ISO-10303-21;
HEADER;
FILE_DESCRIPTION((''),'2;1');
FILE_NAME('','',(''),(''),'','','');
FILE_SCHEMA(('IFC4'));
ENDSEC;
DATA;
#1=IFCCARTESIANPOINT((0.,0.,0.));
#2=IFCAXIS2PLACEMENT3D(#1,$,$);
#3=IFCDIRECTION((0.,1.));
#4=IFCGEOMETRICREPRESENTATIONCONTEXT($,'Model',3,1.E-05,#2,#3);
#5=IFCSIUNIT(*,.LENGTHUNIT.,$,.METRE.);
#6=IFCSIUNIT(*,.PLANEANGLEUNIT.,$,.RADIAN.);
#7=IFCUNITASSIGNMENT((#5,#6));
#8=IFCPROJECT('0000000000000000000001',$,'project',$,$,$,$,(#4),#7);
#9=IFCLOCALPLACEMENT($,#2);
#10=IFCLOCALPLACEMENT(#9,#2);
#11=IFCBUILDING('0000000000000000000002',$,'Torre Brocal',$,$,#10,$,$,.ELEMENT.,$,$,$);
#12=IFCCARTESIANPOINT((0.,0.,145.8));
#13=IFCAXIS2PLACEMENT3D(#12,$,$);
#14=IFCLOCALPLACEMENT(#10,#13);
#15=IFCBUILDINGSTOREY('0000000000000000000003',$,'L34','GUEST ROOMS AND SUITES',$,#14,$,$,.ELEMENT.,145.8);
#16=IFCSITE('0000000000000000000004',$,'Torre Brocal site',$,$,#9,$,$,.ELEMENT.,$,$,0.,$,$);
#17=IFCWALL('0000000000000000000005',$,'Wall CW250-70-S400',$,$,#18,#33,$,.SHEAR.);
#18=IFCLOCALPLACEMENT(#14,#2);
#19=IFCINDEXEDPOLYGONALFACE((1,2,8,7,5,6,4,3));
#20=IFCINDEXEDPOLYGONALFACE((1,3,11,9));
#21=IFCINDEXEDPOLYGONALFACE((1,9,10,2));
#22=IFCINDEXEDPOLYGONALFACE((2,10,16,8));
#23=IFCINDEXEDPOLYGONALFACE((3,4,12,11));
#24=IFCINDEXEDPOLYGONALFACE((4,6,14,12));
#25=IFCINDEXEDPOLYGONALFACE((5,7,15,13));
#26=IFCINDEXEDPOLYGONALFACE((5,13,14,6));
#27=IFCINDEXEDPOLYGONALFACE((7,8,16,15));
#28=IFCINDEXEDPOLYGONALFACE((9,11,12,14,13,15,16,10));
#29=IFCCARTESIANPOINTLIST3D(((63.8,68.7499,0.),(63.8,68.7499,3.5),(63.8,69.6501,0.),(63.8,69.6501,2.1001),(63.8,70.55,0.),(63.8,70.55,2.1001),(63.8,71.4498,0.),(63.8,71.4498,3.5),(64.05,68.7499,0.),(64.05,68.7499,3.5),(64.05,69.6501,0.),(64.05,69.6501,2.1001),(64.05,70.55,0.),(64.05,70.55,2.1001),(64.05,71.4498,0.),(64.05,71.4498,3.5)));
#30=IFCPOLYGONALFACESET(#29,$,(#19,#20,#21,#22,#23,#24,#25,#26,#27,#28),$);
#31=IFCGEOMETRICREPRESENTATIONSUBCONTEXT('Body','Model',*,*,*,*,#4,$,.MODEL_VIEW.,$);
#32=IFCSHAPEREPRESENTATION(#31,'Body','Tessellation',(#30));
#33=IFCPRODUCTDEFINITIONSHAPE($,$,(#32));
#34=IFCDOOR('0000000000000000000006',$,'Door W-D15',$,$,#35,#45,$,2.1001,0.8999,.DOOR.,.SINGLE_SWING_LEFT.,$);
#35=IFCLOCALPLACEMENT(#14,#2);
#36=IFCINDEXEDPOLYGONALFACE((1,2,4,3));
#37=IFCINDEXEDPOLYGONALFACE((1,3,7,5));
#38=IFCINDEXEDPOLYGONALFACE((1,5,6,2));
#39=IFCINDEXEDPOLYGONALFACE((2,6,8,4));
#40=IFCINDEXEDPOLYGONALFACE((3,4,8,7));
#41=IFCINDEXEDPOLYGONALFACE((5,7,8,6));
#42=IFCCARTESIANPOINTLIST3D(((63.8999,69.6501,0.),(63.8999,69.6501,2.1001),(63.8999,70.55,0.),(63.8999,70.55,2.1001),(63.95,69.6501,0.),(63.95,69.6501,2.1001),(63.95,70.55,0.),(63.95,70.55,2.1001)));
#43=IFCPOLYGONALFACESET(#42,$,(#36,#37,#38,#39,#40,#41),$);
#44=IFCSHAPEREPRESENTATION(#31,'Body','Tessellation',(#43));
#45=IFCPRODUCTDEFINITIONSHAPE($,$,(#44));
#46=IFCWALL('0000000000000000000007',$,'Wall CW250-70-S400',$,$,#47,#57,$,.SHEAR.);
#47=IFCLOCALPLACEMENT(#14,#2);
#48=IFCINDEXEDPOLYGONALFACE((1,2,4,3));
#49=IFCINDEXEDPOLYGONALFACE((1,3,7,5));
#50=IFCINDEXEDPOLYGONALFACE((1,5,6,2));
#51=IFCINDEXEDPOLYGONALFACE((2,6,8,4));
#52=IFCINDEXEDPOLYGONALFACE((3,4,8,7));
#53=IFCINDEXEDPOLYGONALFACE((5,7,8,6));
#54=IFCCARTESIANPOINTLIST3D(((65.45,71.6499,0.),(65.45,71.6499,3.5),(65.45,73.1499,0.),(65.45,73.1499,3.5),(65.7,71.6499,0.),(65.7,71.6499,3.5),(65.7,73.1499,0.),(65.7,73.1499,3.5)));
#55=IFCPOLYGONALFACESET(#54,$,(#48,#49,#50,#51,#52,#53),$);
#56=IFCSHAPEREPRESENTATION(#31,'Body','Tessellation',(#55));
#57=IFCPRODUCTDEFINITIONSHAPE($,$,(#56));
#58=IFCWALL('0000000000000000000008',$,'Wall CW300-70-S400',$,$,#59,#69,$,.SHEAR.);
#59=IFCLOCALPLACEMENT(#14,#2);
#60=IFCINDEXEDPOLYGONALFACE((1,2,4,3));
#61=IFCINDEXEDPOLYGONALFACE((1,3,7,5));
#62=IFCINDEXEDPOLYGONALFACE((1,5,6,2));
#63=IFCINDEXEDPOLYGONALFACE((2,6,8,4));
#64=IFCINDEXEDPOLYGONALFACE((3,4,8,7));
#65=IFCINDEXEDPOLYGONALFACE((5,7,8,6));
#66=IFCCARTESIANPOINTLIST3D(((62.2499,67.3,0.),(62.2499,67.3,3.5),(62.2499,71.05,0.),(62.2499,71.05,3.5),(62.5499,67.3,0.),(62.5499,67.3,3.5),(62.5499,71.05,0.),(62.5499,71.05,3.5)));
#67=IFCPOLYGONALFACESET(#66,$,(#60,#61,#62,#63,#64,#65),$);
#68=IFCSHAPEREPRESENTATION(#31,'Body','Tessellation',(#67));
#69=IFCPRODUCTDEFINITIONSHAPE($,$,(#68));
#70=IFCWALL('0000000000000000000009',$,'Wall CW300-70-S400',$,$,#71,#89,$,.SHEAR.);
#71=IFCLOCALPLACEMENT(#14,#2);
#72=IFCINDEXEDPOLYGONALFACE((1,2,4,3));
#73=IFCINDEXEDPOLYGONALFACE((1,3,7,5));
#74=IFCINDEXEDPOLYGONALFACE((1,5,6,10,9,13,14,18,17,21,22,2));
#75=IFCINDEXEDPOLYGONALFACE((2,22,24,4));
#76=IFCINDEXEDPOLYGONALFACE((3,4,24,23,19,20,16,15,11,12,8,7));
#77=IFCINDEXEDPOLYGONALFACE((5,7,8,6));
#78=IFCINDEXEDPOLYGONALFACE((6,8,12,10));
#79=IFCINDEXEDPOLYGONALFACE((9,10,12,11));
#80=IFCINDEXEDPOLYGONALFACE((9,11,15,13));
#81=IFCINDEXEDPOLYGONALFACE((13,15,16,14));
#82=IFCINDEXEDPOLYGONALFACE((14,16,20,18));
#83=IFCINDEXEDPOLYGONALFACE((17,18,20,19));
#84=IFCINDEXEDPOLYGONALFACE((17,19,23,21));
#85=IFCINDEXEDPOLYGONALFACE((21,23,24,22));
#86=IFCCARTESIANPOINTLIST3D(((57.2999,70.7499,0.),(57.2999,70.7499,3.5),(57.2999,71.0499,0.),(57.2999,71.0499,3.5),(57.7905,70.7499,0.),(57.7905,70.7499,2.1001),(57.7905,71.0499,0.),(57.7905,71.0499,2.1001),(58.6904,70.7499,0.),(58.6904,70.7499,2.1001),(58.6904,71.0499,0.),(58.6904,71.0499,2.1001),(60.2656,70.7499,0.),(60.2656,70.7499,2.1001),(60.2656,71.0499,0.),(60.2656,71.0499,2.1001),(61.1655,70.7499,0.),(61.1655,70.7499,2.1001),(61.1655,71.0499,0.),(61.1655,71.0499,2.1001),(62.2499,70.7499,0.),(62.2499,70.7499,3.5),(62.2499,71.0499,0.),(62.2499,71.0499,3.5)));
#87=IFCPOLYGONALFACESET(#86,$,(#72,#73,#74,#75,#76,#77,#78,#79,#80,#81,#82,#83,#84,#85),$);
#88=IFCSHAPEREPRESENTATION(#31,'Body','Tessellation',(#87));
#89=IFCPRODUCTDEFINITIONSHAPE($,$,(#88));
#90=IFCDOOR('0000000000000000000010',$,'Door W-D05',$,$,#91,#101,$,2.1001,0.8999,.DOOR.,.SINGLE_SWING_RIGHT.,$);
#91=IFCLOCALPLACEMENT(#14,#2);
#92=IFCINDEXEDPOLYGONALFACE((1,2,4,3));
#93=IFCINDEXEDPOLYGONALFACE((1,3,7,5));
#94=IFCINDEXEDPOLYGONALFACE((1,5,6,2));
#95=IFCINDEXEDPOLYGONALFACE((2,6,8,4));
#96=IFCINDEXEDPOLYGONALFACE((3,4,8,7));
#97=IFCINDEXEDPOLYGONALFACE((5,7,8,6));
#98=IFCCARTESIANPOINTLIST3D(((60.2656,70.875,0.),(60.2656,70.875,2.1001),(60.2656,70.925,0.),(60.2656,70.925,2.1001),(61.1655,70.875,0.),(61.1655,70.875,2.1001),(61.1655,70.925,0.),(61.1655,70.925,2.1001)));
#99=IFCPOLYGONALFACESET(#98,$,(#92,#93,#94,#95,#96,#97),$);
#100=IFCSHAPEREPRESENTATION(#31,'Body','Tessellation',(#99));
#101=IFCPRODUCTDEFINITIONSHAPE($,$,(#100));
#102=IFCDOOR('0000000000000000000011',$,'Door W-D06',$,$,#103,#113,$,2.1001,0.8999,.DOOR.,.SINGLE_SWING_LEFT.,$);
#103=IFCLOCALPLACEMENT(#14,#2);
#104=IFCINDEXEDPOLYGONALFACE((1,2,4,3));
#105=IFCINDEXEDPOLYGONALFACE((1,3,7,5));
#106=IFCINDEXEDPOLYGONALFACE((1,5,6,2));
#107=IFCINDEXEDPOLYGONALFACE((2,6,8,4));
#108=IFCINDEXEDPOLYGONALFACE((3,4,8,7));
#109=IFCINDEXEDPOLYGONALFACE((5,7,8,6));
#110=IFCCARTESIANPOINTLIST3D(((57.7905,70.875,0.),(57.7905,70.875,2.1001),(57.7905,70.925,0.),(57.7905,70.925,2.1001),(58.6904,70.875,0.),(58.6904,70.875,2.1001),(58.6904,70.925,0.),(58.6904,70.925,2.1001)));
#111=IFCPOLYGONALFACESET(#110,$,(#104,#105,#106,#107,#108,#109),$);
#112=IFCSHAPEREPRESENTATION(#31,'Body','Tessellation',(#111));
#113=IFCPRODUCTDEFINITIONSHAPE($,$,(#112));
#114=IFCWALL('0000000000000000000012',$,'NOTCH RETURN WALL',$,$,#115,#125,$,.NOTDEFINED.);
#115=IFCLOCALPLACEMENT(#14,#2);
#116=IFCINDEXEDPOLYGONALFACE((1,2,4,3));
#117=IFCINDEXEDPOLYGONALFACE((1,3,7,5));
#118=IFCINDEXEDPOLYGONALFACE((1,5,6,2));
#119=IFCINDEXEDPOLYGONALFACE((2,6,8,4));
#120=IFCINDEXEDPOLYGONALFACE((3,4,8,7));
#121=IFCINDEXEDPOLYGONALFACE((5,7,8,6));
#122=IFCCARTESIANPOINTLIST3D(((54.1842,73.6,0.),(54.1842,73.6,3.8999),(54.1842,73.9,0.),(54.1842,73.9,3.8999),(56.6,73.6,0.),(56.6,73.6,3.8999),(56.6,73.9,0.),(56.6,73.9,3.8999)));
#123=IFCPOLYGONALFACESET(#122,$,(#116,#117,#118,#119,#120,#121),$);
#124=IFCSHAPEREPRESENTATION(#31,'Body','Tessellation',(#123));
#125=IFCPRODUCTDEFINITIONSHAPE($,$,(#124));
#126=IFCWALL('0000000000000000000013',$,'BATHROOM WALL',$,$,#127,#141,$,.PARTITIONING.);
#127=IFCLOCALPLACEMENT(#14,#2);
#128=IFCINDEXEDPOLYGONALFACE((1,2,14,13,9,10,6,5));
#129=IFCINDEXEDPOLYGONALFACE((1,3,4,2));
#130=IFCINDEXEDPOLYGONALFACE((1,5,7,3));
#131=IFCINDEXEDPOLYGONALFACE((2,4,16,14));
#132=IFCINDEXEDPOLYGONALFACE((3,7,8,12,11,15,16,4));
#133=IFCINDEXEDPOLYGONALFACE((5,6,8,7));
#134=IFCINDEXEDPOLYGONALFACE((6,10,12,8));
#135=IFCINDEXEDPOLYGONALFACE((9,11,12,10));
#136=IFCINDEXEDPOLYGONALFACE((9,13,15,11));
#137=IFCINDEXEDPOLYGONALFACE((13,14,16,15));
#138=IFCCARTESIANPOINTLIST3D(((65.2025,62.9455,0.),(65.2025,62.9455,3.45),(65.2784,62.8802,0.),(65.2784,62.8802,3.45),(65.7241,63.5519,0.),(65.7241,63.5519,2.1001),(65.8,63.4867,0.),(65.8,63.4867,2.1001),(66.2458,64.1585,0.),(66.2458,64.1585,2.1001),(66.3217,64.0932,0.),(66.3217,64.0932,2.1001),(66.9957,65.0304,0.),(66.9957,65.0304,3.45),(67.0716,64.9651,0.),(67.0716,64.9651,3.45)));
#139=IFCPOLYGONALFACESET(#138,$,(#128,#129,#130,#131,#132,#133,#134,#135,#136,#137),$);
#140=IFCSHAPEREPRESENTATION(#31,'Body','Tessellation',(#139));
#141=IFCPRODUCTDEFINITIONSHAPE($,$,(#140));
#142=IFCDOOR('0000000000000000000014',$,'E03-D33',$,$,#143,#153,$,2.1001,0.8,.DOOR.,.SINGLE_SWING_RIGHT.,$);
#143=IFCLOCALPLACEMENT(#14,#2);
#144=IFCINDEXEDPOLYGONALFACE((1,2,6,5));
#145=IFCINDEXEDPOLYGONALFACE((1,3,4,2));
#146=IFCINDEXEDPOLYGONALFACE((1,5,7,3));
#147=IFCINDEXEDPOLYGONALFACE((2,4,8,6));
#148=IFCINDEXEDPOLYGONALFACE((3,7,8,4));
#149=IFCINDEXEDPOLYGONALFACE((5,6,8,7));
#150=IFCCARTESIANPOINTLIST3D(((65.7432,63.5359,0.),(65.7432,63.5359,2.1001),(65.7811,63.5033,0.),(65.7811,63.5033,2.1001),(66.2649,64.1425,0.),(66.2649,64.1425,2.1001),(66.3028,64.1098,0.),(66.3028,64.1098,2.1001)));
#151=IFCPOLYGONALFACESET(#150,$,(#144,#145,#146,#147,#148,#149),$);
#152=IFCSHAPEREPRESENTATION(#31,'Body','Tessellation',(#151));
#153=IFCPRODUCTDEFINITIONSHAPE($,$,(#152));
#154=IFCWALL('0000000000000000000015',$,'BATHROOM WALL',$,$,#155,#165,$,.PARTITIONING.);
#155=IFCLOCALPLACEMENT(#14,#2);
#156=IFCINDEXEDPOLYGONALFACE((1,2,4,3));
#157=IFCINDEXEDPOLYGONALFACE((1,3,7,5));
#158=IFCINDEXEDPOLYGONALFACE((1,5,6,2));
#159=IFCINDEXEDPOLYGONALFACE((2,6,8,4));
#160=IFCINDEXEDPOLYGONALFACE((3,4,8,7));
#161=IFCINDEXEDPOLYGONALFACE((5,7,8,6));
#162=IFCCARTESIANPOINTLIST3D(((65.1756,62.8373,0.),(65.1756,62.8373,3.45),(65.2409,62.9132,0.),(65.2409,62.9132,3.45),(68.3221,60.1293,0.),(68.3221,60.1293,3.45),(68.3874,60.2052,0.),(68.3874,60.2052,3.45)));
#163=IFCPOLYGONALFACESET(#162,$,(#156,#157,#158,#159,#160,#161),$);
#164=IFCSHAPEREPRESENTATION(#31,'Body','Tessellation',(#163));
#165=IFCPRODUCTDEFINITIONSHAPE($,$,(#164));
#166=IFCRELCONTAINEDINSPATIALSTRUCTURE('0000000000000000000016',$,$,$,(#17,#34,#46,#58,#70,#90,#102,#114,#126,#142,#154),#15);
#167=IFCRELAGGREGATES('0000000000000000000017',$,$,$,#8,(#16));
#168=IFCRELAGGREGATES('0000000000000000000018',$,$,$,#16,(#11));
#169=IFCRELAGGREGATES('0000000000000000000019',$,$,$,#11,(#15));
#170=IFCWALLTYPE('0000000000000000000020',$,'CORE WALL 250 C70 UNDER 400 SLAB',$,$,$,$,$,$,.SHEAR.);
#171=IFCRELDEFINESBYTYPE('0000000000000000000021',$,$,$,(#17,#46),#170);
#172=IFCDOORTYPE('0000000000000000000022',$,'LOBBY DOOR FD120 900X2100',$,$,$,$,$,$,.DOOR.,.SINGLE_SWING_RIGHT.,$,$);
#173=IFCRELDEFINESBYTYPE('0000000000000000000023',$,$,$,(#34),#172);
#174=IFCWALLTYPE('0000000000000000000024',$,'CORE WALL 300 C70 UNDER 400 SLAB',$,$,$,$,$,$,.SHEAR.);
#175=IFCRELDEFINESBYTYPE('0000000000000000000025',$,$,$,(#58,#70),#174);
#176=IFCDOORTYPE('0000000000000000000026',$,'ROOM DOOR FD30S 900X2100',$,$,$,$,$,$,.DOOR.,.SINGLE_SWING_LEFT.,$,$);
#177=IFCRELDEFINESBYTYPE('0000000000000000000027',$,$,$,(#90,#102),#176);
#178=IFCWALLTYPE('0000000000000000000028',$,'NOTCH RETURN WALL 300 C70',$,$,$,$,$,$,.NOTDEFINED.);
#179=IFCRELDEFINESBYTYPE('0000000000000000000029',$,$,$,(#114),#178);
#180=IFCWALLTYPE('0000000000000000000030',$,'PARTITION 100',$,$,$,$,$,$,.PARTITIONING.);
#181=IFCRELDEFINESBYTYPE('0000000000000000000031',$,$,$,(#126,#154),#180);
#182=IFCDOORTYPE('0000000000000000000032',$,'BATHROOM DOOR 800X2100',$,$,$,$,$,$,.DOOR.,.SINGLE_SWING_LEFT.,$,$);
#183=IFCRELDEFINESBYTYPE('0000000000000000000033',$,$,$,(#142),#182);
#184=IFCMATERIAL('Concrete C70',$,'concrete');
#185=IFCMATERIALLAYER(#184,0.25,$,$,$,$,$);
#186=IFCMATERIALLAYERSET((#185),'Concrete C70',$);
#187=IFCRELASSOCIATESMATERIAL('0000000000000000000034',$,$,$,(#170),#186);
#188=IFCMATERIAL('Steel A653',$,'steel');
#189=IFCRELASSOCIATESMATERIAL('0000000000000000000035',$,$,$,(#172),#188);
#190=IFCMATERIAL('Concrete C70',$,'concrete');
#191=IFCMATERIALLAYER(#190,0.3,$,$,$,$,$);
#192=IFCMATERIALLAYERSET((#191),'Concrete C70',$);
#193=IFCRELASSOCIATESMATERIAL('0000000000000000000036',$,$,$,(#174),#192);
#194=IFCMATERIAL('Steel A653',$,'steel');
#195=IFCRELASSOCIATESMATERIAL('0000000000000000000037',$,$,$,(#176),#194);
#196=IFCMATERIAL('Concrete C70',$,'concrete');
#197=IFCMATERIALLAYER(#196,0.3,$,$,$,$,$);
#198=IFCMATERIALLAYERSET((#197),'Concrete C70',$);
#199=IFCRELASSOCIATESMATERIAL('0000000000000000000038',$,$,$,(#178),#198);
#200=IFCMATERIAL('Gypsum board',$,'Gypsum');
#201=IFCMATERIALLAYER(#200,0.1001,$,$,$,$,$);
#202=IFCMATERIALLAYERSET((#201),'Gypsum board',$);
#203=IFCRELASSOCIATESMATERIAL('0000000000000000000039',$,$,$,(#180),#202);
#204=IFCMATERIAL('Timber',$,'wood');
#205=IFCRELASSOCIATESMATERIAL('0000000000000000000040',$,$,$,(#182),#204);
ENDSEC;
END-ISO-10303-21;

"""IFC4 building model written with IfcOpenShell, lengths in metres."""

from ifc_helpers import new_model, si_unit, direction, frame, frame_2d, origin, place, context, subcontext, project, spatial, rectangle, extrude, material, layer, layer_set, type_object, element, fill, save


model = new_model("IFC4")

# Units and contexts
model_context = context("Model", 3, precision=1e-05, world=origin(), true_north=direction((0.0, 1.0)))
body_context = subcontext(model_context, "Body", "Model", "MODEL_VIEW")
ifc_project = project(units=[si_unit("LENGTHUNIT", "METRE"), si_unit("PLANEANGLEUNIT", "RADIAN")], contexts=[model_context])

# Site, building, storey
site_placement = place(None, origin())
site = spatial("IfcSite", under=ifc_project, at=site_placement, Name="Torre Brocal site", CompositionType="ELEMENT", RefElevation=0.0)
building_placement = place(site_placement, origin())
building = spatial("IfcBuilding", under=site, at=building_placement, Name="Torre Brocal", CompositionType="ELEMENT")
storey_placement = place(building_placement, frame((0.0, 0.0, 145.8)))
storey = spatial("IfcBuildingStorey", under=building, at=storey_placement, Name="L34", Description="GUEST ROOMS AND SUITES", CompositionType="ELEMENT", Elevation=145.8)

# Wall, opening, door
ifc_material_1 = material(Name="Concrete C70", Category="concrete")
ifc_layer_1 = layer(ifc_material_1, 0.25)
ifc_layer_set_1 = layer_set([ifc_layer_1], Name="Concrete C70")
wall_type_1 = type_object("IfcWallType", Name="CORE WALL 250 C70 UNDER 400 SLAB", PredefinedType="SHEAR", material=ifc_layer_set_1)
wall_1_placement = place(storey_placement, frame((63.925, 71.45, 0.0), z_axis=(0.0, 0.0, 1.0), x_axis=(0.0, -1.0, 0.0)))
wall_1 = element("IfcWall", 1, at=wall_1_placement, inside=storey, type_object=wall_type_1, Name="Wall CW250-70-S400", PredefinedType="SHEAR", context=body_context, shape_type="SweptSolid", body=[
    extrude(rectangle(XDim=2.7, YDim=0.25, at=frame_2d((1.3501, 0.0))), origin(), (0.0, 0.0, 1.0), 3.5),
])
opening_1_placement = place(wall_1_placement, frame((0.8999, 0.0, 0.0)))
opening_1 = element("IfcOpeningElement", 2, at=opening_1_placement, cuts=wall_1, PredefinedType="OPENING", context=body_context, shape_type="SweptSolid", body=[
    extrude(rectangle(XDim=0.8999, YDim=2.1001, at=frame_2d((0.45, 1.05))), frame((0.0, 0.135, 0.0), z_axis=(0.0, -1.0, 0.0), x_axis=(1.0, 0.0, 0.0)), (0.0, 0.0, 1.0), 0.27),
])
ifc_material_2 = material(Name="Steel A653", Category="steel")
door_type_1 = type_object("IfcDoorType", Name="LOBBY DOOR FD120 900X2100", OperationType="SINGLE_SWING_RIGHT", PredefinedType="DOOR", material=ifc_material_2)
door_1_placement = place(opening_1_placement, origin())
door_1 = element("IfcDoor", 3, at=door_1_placement, inside=storey, type_object=door_type_1, Name="Door W-D15", OperationType="SINGLE_SWING_LEFT", OverallHeight=2.1001, OverallWidth=0.8999, PredefinedType="DOOR", context=body_context, shape_type="SweptSolid", body=[
    extrude(rectangle(XDim=0.8999, YDim=2.1001, at=frame_2d((0.45, 1.05))), frame((0.0, 0.0249, 0.0), z_axis=(0.0, -1.0, 0.0), x_axis=(1.0, 0.0, 0.0)), (0.0, 0.0, 1.0), 0.05),
])
fill(opening_1, door_1)

# Walls
wall_2_placement = place(storey_placement, frame((65.575, 73.1499, 0.0), z_axis=(0.0, 0.0, 1.0), x_axis=(0.0, -1.0, 0.0)))
element("IfcWall", 4, at=wall_2_placement, inside=storey, type_object=wall_type_1, Name="Wall CW250-70-S400", PredefinedType="SHEAR", context=body_context, shape_type="SweptSolid", body=[
    extrude(rectangle(XDim=1.5, YDim=0.25, at=frame_2d((0.75, 0.0))), origin(), (0.0, 0.0, 1.0), 3.5),
])
ifc_material_3 = material(Name="Concrete C70", Category="concrete")
ifc_layer_2 = layer(ifc_material_3, 0.3)
ifc_layer_set_2 = layer_set([ifc_layer_2], Name="Concrete C70")
wall_type_2 = type_object("IfcWallType", Name="CORE WALL 300 C70 UNDER 400 SLAB", PredefinedType="SHEAR", material=ifc_layer_set_2)
wall_3_placement = place(storey_placement, frame((62.3999, 71.05, 0.0), z_axis=(0.0, 0.0, 1.0), x_axis=(0.0, -1.0, 0.0)))
element("IfcWall", 5, at=wall_3_placement, inside=storey, type_object=wall_type_2, Name="Wall CW300-70-S400", PredefinedType="SHEAR", context=body_context, shape_type="SweptSolid", body=[
    extrude(rectangle(XDim=3.75, YDim=0.3, at=frame_2d((1.875, 0.0))), origin(), (0.0, 0.0, 1.0), 3.5),
])

# Wall, openings, doors
wall_4_placement = place(storey_placement, frame((62.25, 70.8999, 0.0), z_axis=(0.0, 0.0, 1.0), x_axis=(-1.0, 0.0, 0.0)))
wall_4 = element("IfcWall", 6, at=wall_4_placement, inside=storey, type_object=wall_type_2, Name="Wall CW300-70-S400", PredefinedType="SHEAR", context=body_context, shape_type="SweptSolid", body=[
    extrude(rectangle(XDim=4.95, YDim=0.3, at=frame_2d((2.4751, 0.0))), origin(), (0.0, 0.0, 1.0), 3.5),
])
opening_2_placement = place(wall_4_placement, frame((1.0845, 0.0, 0.0)))
opening_2 = element("IfcOpeningElement", 7, at=opening_2_placement, cuts=wall_4, PredefinedType="OPENING", context=body_context, shape_type="SweptSolid", body=[
    extrude(rectangle(XDim=0.8999, YDim=2.1001, at=frame_2d((0.45, 1.05))), frame((0.0, 0.1599, 0.0), z_axis=(0.0, -1.0, 0.0), x_axis=(1.0, 0.0, 0.0)), (0.0, 0.0, 1.0), 0.3201),
])
opening_3_placement = place(wall_4_placement, frame((3.5596, 0.0, 0.0)))
opening_3 = element("IfcOpeningElement", 8, at=opening_3_placement, cuts=wall_4, PredefinedType="OPENING", context=body_context, shape_type="SweptSolid", body=[
    extrude(rectangle(XDim=0.8999, YDim=2.1001, at=frame_2d((0.45, 1.05))), frame((0.0, 0.1599, 0.0), z_axis=(0.0, -1.0, 0.0), x_axis=(1.0, 0.0, 0.0)), (0.0, 0.0, 1.0), 0.3201),
])
ifc_material_4 = material(Name="Steel A653", Category="steel")
door_type_2 = type_object("IfcDoorType", Name="ROOM DOOR FD30S 900X2100", OperationType="SINGLE_SWING_LEFT", PredefinedType="DOOR", material=ifc_material_4)
door_2_placement = place(opening_2_placement, origin())
door_2 = element("IfcDoor", 9, at=door_2_placement, inside=storey, type_object=door_type_2, Name="Door W-D05", OperationType="SINGLE_SWING_RIGHT", OverallHeight=2.1001, OverallWidth=0.8999, PredefinedType="DOOR", context=body_context, shape_type="SweptSolid", body=[
    extrude(rectangle(XDim=0.8999, YDim=2.1001, at=frame_2d((0.45, 1.05))), frame((0.0, 0.0249, 0.0), z_axis=(0.0, -1.0, 0.0), x_axis=(1.0, 0.0, 0.0)), (0.0, 0.0, 1.0), 0.05),
])
fill(opening_2, door_2)
door_3_placement = place(opening_3_placement, origin())
door_3 = element("IfcDoor", 10, at=door_3_placement, inside=storey, type_object=door_type_2, Name="Door W-D06", OperationType="SINGLE_SWING_LEFT", OverallHeight=2.1001, OverallWidth=0.8999, PredefinedType="DOOR", context=body_context, shape_type="SweptSolid", body=[
    extrude(rectangle(XDim=0.8999, YDim=2.1001, at=frame_2d((0.45, 1.05))), frame((0.0, 0.0249, 0.0), z_axis=(0.0, -1.0, 0.0), x_axis=(1.0, 0.0, 0.0)), (0.0, 0.0, 1.0), 0.05),
])
fill(opening_3, door_3)

# Wall
ifc_material_5 = material(Name="Concrete C70", Category="concrete")
ifc_layer_3 = layer(ifc_material_5, 0.3)
ifc_layer_set_3 = layer_set([ifc_layer_3], Name="Concrete C70")
wall_type_3 = type_object("IfcWallType", Name="NOTCH RETURN WALL 300 C70", PredefinedType="NOTDEFINED", material=ifc_layer_set_3)
wall_5_placement = place(storey_placement, frame((56.6001, 73.75, 0.0), z_axis=(0.0, 0.0, 1.0), x_axis=(-1.0, 0.0, 0.0)))
element("IfcWall", 11, at=wall_5_placement, inside=storey, type_object=wall_type_3, Name="NOTCH RETURN WALL", PredefinedType="NOTDEFINED", context=body_context, shape_type="SweptSolid", body=[
    extrude(rectangle(XDim=2.4158, YDim=0.3, at=frame_2d((1.208, 0.0))), origin(), (0.0, 0.0, 1.0), 3.8999),
])

# Wall, opening, door
ifc_material_6 = material(Name="Gypsum board", Category="Gypsum")
ifc_layer_4 = layer(ifc_material_6, 0.1001)
ifc_layer_set_4 = layer_set([ifc_layer_4], Name="Gypsum board")
wall_type_4 = type_object("IfcWallType", Name="PARTITION 100", PredefinedType="PARTITIONING", material=ifc_layer_set_4)
wall_6_placement = place(storey_placement, frame((65.2405, 62.9128, 0.0), z_axis=(0.0, 0.0, 1.0), x_axis=(0.65207, 0.758159, 0.0)))
wall_6 = element("IfcWall", 12, at=wall_6_placement, inside=storey, type_object=wall_type_4, Name="BATHROOM WALL", PredefinedType="PARTITIONING", context=body_context, shape_type="SweptSolid", body=[
    extrude(rectangle(XDim=2.75, YDim=0.1001, at=frame_2d((1.375, 0.0))), origin(), (0.0, 0.0, 1.0), 3.45),
])
opening_4_placement = place(wall_6_placement, frame((0.8, 0.0, 0.0)))
opening_4 = element("IfcOpeningElement", 13, at=opening_4_placement, cuts=wall_6, PredefinedType="OPENING", context=body_context, shape_type="SweptSolid", body=[
    extrude(rectangle(XDim=0.8, YDim=2.1001, at=frame_2d((0.3999, 1.05))), frame((0.0, 0.0601, 0.0), z_axis=(0.0, -1.0, 0.0), x_axis=(1.0, 0.0, 0.0)), (0.0, 0.0, 1.0), 0.1201),
])
ifc_material_7 = material(Name="Timber", Category="wood")
door_type_3 = type_object("IfcDoorType", Name="BATHROOM DOOR 800X2100", OperationType="SINGLE_SWING_LEFT", PredefinedType="DOOR", material=ifc_material_7)
door_4_placement = place(opening_4_placement, frame((0.8, 0.0, 0.0), z_axis=(0.0, 0.0, 1.0), x_axis=(-1.0, 0.0, 0.0)))
door_4 = element("IfcDoor", 14, at=door_4_placement, inside=storey, type_object=door_type_3, Name="E03-D33", OperationType="SINGLE_SWING_RIGHT", OverallHeight=2.1001, OverallWidth=0.8, PredefinedType="DOOR", context=body_context, shape_type="SweptSolid", body=[
    extrude(rectangle(XDim=0.8, YDim=2.1001, at=frame_2d((0.3999, 1.05))), frame((0.0, 0.0249, 0.0), z_axis=(0.0, -1.0, 0.0), x_axis=(1.0, 0.0, 0.0)), (0.0, 0.0, 1.0), 0.05),
])
fill(opening_4, door_4)

# Wall
wall_7_placement = place(storey_placement, frame((65.2083, 62.8752, 0.0), z_axis=(0.0, 0.0, 1.0), x_axis=(0.757943, -0.65232, 0.0)))
element("IfcWall", 15, at=wall_7_placement, inside=storey, type_object=wall_type_4, Name="BATHROOM WALL", PredefinedType="PARTITIONING", context=body_context, shape_type="SweptSolid", body=[
    extrude(rectangle(XDim=4.1514, YDim=0.1001, at=frame_2d((2.0757, 0.0))), origin(), (0.0, 0.0, 1.0), 3.45),
])

save(model, "model.ifc")
